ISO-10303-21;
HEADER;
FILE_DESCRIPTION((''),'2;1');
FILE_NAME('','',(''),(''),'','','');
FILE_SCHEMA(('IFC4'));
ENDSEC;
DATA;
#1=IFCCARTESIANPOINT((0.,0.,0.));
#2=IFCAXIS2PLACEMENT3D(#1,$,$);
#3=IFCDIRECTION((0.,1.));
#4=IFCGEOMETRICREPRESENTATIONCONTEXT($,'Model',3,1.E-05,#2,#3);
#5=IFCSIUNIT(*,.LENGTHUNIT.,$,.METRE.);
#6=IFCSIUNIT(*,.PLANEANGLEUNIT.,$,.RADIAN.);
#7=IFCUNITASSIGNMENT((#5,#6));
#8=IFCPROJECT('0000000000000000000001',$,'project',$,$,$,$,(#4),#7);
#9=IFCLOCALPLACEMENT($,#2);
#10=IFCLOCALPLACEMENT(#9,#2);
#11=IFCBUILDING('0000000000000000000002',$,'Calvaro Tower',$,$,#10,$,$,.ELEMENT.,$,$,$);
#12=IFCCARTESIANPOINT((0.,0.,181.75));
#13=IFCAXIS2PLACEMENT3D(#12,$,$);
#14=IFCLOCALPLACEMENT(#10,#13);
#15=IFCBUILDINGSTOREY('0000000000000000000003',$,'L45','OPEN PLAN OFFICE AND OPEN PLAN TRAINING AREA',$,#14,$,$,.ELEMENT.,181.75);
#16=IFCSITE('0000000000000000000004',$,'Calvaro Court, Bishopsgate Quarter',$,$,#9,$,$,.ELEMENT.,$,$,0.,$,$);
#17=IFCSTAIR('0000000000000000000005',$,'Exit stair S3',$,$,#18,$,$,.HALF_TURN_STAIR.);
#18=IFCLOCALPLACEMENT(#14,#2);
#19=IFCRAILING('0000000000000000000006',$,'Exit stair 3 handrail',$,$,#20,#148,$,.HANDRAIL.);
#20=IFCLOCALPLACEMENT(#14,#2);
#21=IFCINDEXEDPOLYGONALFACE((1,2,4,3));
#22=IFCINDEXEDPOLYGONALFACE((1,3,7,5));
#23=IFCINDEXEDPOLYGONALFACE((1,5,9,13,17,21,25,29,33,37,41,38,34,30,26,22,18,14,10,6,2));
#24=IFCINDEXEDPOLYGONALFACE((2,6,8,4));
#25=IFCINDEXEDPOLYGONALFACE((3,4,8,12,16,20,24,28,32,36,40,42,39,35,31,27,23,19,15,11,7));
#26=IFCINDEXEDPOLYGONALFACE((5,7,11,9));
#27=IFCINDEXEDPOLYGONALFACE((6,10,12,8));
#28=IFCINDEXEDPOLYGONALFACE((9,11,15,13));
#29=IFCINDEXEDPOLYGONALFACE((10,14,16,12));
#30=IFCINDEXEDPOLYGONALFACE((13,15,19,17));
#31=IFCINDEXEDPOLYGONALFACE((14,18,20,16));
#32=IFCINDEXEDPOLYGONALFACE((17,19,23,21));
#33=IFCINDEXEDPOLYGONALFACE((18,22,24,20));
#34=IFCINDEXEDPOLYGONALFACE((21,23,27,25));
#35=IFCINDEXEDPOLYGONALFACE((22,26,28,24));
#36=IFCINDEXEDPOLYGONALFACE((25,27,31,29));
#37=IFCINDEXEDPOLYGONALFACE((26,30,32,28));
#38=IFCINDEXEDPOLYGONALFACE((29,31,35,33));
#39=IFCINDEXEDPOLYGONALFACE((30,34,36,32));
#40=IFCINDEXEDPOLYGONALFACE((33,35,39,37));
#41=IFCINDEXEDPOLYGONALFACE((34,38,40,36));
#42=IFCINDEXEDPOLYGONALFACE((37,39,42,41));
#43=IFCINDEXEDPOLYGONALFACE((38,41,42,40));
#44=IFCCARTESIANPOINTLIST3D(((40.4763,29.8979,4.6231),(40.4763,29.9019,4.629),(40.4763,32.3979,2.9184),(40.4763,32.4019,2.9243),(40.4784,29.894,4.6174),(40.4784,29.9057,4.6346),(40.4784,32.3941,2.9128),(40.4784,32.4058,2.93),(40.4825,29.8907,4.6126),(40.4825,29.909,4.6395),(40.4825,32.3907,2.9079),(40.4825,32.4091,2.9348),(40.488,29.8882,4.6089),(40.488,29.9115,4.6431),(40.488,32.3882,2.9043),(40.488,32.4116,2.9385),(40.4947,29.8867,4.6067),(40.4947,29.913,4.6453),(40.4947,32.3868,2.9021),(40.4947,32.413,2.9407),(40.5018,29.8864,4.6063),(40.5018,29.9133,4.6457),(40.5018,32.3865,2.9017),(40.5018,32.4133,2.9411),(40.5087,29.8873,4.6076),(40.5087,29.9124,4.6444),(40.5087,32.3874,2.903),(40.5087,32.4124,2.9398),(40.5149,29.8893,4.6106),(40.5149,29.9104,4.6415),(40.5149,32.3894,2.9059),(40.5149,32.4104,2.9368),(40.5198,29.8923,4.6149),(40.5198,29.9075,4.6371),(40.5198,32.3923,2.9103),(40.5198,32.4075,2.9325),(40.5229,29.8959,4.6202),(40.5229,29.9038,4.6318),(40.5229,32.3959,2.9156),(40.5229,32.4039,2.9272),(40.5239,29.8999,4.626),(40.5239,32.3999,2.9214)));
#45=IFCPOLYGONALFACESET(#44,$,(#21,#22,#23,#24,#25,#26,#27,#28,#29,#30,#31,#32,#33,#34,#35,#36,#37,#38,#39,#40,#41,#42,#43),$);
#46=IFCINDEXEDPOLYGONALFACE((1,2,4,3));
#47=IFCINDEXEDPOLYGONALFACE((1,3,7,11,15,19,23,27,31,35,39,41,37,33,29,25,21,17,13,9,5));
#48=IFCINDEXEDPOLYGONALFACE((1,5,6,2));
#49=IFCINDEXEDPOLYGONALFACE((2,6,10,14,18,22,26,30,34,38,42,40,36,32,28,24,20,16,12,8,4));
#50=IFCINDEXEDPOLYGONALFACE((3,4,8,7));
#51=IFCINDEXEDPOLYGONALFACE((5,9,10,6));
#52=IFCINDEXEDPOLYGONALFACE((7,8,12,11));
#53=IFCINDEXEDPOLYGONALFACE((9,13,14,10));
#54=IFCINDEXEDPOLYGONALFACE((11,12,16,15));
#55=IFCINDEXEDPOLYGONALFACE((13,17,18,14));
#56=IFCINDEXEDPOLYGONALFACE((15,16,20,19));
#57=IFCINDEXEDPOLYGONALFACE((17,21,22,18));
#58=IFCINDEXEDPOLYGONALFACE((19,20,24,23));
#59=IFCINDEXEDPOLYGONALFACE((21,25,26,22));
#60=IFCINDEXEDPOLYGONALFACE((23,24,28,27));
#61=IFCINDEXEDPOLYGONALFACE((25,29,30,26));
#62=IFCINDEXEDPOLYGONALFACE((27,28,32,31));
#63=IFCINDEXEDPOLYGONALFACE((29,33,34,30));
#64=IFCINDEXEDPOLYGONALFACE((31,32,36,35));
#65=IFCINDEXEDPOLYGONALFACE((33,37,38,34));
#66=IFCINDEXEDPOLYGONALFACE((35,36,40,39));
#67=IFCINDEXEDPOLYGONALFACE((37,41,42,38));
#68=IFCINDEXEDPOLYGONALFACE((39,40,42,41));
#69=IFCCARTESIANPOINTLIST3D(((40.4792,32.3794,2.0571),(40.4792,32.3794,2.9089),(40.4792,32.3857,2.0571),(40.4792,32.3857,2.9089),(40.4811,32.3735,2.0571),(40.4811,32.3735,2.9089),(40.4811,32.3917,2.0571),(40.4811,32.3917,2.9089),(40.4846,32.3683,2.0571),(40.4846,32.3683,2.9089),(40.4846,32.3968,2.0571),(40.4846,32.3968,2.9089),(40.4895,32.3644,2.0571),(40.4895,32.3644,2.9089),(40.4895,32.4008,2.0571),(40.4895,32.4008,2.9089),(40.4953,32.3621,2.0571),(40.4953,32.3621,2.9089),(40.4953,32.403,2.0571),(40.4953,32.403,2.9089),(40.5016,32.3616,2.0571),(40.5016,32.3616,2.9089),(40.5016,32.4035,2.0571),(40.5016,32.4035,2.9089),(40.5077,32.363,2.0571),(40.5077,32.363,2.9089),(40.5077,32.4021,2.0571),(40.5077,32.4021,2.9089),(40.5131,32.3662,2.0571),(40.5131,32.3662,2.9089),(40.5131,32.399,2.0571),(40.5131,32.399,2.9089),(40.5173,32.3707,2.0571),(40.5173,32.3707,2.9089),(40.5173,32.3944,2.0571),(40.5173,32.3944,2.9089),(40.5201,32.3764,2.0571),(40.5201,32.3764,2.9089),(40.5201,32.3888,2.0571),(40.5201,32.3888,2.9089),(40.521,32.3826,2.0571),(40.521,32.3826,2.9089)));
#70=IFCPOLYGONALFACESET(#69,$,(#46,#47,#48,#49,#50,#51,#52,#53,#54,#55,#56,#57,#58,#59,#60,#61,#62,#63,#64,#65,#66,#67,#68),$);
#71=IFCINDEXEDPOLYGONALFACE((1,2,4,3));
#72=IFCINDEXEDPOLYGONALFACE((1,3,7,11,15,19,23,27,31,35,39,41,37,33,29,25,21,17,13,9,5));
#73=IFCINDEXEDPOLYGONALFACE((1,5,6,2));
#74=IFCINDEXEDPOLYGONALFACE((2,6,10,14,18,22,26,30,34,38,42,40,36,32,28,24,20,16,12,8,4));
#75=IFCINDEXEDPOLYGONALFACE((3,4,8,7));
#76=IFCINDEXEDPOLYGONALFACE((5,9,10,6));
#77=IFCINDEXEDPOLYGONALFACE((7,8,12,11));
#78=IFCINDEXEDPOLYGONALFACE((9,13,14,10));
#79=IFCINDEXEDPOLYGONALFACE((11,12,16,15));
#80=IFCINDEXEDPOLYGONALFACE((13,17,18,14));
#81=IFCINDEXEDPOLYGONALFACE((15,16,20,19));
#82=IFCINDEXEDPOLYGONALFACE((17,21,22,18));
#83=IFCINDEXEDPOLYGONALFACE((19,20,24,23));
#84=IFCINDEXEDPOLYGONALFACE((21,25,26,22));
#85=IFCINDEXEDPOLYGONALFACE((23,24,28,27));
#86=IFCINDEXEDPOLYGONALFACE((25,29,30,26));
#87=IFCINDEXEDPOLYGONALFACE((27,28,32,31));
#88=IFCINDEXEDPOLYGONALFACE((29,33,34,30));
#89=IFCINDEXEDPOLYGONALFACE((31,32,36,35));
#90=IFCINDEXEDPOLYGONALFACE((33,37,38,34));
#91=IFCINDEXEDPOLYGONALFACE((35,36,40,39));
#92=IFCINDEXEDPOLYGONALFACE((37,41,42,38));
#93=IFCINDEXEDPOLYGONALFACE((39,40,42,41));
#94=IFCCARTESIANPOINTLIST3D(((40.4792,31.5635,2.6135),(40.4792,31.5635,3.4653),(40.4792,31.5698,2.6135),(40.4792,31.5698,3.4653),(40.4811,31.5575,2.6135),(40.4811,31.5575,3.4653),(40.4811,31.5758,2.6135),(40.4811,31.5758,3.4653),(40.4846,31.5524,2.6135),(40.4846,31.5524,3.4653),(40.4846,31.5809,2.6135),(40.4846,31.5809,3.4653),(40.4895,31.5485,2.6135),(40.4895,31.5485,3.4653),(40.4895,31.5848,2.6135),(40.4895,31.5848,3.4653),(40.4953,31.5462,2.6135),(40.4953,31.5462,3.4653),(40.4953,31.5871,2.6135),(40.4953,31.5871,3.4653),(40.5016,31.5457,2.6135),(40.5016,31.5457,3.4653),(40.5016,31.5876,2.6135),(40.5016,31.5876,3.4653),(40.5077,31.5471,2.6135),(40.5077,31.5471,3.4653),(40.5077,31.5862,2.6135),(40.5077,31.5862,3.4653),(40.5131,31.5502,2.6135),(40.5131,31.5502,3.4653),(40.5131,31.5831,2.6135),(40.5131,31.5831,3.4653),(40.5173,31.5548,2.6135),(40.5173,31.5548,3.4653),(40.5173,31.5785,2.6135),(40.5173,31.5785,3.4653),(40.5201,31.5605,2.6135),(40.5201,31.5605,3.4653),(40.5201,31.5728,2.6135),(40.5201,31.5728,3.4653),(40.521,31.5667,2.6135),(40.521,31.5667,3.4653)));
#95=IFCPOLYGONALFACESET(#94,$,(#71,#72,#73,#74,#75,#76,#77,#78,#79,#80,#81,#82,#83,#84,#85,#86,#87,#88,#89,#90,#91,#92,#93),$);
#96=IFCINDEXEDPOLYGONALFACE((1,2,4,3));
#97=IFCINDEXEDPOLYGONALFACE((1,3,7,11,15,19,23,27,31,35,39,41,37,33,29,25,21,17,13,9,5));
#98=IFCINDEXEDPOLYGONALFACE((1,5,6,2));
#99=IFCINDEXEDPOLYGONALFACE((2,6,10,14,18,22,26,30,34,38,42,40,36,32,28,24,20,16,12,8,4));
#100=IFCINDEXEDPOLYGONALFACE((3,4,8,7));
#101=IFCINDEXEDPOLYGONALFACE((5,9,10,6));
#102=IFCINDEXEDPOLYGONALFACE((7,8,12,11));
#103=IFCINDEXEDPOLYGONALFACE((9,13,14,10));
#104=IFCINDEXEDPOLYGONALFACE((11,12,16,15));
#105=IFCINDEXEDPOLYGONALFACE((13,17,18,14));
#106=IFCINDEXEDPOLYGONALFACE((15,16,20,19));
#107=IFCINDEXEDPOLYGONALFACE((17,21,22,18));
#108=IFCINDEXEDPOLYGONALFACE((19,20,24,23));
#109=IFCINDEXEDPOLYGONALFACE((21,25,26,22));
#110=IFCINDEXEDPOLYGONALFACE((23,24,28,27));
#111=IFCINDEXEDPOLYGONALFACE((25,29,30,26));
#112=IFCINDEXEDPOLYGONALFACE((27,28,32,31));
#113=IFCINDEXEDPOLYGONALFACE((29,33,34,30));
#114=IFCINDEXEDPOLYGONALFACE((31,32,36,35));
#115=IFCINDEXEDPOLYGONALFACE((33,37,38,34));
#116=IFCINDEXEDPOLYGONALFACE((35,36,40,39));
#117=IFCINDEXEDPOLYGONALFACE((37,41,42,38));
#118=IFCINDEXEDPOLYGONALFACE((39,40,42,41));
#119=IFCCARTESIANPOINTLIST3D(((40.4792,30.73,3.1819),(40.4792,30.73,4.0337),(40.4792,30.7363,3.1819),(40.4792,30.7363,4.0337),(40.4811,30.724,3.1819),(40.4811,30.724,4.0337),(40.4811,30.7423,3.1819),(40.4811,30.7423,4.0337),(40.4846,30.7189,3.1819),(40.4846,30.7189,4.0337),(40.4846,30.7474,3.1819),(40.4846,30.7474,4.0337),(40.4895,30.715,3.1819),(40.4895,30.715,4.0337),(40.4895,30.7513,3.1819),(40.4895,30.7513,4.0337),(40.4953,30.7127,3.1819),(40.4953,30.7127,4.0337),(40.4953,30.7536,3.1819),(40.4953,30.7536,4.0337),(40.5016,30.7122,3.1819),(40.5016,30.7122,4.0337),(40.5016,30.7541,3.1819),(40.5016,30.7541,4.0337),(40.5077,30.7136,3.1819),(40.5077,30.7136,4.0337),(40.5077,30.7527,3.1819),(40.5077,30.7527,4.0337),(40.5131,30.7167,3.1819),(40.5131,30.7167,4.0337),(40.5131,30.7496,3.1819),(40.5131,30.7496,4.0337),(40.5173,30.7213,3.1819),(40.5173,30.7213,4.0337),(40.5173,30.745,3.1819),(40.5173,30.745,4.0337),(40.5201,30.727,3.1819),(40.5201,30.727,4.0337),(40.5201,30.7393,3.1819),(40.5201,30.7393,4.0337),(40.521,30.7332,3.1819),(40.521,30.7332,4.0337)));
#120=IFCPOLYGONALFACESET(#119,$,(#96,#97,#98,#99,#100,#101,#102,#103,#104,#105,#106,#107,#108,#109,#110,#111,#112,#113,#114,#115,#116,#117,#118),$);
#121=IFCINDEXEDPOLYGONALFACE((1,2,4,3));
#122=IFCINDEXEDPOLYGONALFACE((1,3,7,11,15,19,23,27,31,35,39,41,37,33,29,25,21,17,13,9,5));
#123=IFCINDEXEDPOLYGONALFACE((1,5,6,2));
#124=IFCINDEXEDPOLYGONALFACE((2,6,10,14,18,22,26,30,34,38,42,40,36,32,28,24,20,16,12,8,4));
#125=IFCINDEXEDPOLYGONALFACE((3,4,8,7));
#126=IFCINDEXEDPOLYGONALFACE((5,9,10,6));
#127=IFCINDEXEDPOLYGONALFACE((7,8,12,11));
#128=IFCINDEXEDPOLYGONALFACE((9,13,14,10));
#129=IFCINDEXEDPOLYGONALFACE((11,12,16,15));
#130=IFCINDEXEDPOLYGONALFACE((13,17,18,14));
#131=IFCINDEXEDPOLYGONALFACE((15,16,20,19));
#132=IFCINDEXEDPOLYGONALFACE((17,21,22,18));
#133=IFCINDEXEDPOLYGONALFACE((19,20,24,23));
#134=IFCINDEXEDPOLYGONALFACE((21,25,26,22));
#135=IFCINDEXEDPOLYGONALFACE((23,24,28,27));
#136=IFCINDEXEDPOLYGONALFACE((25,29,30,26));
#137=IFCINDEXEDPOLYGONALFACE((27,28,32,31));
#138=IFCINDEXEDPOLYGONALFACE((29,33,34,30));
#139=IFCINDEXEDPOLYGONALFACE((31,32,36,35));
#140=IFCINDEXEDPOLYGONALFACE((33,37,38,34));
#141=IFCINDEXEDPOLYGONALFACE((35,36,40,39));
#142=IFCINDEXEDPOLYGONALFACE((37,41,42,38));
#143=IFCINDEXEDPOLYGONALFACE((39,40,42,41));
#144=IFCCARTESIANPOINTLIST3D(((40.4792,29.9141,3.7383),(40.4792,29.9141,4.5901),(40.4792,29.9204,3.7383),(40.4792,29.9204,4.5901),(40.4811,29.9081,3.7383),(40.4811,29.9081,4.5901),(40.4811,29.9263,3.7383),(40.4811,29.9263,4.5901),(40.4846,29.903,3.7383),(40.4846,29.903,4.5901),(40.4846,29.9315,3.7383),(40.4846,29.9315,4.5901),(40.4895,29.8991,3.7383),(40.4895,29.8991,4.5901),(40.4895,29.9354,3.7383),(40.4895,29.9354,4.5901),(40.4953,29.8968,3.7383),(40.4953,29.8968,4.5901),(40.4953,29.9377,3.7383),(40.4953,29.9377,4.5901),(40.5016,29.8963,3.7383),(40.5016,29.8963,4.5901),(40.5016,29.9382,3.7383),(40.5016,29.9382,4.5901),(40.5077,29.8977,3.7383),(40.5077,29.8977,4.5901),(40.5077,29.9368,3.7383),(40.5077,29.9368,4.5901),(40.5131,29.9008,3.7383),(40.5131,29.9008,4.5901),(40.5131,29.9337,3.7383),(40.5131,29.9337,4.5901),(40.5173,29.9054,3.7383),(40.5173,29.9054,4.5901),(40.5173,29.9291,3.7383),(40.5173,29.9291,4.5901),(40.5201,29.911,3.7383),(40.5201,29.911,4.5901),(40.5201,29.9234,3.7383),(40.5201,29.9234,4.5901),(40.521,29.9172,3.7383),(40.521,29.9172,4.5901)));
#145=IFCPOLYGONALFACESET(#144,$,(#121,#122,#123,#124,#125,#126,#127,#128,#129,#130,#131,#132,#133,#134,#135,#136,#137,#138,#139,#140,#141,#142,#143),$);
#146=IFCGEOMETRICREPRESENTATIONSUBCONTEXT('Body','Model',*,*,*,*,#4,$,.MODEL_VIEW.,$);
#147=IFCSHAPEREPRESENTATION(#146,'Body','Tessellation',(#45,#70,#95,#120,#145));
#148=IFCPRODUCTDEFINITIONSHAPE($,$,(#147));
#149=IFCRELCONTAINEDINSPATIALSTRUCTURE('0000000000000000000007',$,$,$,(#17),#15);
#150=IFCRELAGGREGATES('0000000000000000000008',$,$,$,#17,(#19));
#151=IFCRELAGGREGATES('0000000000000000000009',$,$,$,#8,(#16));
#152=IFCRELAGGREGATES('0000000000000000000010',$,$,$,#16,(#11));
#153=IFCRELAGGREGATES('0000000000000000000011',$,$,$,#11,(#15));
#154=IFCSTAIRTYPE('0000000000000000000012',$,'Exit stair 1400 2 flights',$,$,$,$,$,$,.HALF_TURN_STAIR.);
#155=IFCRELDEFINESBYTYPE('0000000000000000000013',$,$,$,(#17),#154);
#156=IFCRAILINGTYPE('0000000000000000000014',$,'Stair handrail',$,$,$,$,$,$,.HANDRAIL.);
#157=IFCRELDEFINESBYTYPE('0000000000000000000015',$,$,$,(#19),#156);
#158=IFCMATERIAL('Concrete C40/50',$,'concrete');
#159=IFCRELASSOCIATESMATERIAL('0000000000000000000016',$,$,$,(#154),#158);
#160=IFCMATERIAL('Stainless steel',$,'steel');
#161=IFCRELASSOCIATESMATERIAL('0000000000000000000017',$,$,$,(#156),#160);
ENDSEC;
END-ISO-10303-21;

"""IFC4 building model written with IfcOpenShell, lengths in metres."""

from ifc_helpers import new_model, si_unit, direction, frame, origin, origin_2d, place, context, subcontext, project, spatial, circle, extrude, material, type_object, element, aggregate, save


model = new_model("IFC4")

# Units and contexts
model_context = context("Model", 3, precision=1e-05, world=origin(), true_north=direction((0.0, 1.0)))
body_context = subcontext(model_context, "Body", "Model", "MODEL_VIEW")
ifc_project = project(units=[si_unit("LENGTHUNIT", "METRE"), si_unit("PLANEANGLEUNIT", "RADIAN")], contexts=[model_context])

# Site, building, storey
site_placement = place(None, origin())
site = spatial("IfcSite", under=ifc_project, at=site_placement, Name="Calvaro Court, Bishopsgate Quarter", CompositionType="ELEMENT", RefElevation=0.0)
building_placement = place(site_placement, origin())
building = spatial("IfcBuilding", under=site, at=building_placement, Name="Calvaro Tower", CompositionType="ELEMENT")
storey_placement = place(building_placement, frame((0.0, 0.0, 181.75)))
storey = spatial("IfcBuildingStorey", under=building, at=storey_placement, Name="L45", Description="OPEN PLAN OFFICE AND OPEN PLAN TRAINING AREA", CompositionType="ELEMENT", Elevation=181.75)

# Stair
ifc_material_1 = material(Name="Concrete C40/50", Category="concrete")
stair_type = type_object("IfcStairType", Name="Exit stair 1400 2 flights", PredefinedType="HALF_TURN_STAIR", material=ifc_material_1)
stair_1_placement = place(storey_placement, origin())
stair_1 = element("IfcStair", 1, at=stair_1_placement, inside=storey, type_object=stair_type, Name="Exit stair S3", PredefinedType="HALF_TURN_STAIR")

# Railing
ifc_material_2 = material(Name="Stainless steel", Category="steel")
railing_type = type_object("IfcRailingType", Name="Stair handrail", PredefinedType="HANDRAIL", material=ifc_material_2)
railing_1_placement = place(storey_placement, frame((40.5, 32.3999, 2.0454)))
railing_1 = element("IfcRailing", 2, at=railing_1_placement, type_object=railing_type, Name="Exit stair 3 handrail", PredefinedType="HANDRAIL", context=body_context, shape_type="SweptSolid", body=[
    extrude(circle(Radius=0.0239, at=origin_2d()), frame((0.0, 0.0, 0.876), z_axis=(0.0, -0.826221, 0.563347), x_axis=(1.0, 0.0, 0.0)), (0.0, 0.0, 1.0), 3.0259),
    extrude(circle(Radius=0.021, at=origin_2d()), frame((0.0, -0.0173, 0.0117)), (0.0, 0.0, 1.0), 0.8518),
    extrude(circle(Radius=0.021, at=origin_2d()), frame((0.0, -0.8333, 0.5681)), (0.0, 0.0, 1.0), 0.8518),
    extrude(circle(Radius=0.021, at=origin_2d()), frame((0.0, -1.6667, 1.1365)), (0.0, 0.0, 1.0), 0.8518),
    extrude(circle(Radius=0.021, at=origin_2d()), frame((0.0, -2.4827, 1.6929)), (0.0, 0.0, 1.0), 0.8518),
])
aggregate(stair_1, [railing_1])

save(model, "model.ifc")
